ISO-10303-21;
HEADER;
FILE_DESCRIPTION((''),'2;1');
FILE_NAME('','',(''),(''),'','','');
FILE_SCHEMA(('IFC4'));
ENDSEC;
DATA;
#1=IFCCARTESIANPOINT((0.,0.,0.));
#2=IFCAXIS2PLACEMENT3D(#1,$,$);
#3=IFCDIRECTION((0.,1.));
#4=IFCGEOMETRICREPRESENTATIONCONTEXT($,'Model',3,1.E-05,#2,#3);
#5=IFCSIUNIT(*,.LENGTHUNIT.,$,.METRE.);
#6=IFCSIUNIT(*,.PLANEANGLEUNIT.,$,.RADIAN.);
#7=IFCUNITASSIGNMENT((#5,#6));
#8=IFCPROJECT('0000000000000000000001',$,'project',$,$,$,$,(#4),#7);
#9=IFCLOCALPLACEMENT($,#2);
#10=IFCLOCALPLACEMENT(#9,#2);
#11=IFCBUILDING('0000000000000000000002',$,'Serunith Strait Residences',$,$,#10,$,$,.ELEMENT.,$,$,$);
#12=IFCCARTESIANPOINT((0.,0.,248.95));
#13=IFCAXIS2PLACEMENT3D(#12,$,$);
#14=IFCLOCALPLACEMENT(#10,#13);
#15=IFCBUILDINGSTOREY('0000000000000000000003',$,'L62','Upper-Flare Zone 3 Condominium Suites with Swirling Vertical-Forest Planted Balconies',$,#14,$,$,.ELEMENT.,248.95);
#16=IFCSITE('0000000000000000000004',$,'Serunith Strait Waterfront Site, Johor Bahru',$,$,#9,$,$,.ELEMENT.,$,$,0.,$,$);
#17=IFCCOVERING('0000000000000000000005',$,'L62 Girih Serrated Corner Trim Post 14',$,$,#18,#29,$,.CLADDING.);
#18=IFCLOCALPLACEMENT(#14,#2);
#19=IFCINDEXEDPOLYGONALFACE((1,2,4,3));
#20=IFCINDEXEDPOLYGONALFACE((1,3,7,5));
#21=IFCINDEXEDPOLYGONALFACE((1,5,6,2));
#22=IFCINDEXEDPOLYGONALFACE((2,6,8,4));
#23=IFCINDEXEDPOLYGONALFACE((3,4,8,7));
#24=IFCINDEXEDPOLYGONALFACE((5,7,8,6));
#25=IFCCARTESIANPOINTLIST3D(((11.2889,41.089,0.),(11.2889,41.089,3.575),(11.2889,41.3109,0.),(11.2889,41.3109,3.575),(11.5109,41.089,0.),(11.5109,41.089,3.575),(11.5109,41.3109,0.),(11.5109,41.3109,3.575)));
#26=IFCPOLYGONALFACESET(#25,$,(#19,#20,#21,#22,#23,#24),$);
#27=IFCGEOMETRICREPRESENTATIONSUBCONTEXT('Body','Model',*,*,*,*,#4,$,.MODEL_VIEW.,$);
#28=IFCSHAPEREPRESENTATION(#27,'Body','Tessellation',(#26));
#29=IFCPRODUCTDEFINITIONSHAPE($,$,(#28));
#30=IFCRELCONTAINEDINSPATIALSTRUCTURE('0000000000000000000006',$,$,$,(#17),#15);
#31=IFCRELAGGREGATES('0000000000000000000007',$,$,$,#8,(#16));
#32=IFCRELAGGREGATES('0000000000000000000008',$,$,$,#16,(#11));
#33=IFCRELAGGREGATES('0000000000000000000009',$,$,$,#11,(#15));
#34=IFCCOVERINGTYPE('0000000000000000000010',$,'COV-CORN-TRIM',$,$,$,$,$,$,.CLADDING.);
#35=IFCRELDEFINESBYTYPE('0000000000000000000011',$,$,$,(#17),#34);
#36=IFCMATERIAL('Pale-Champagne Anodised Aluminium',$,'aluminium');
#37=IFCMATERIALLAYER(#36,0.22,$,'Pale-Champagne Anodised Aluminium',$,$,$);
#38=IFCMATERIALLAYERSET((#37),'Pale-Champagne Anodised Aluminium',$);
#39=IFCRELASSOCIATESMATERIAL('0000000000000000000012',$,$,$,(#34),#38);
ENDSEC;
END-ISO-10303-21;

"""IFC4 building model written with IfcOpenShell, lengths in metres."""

from ifc_helpers import new_model, si_unit, direction, frame, origin, origin_2d, place, context, subcontext, project, spatial, rectangle, extrude, source, transform, mapped, material, layer, layer_set, type_object, element, save


model = new_model("IFC4")

# Units and contexts
model_context = context("Model", 3, precision=1e-05, world=origin(), true_north=direction((0.0, 1.0)))
body_context = subcontext(model_context, "Body", "Model", "MODEL_VIEW")
ifc_project = project(units=[si_unit("LENGTHUNIT", "METRE"), si_unit("PLANEANGLEUNIT", "RADIAN")], contexts=[model_context])

# Site, building, storey
site_placement = place(None, origin())
site = spatial("IfcSite", under=ifc_project, at=site_placement, Name="Serunith Strait Waterfront Site, Johor Bahru", CompositionType="ELEMENT", RefElevation=0.0)
building_placement = place(site_placement, origin())
building = spatial("IfcBuilding", under=site, at=building_placement, Name="Serunith Strait Residences", CompositionType="ELEMENT")
storey_placement = place(building_placement, frame((0.0, 0.0, 248.95)))
storey = spatial("IfcBuildingStorey", under=building, at=storey_placement, Name="L62", Description="Upper-Flare Zone 3 Condominium Suites with Swirling Vertical-Forest Planted Balconies", CompositionType="ELEMENT", Elevation=248.95)

# Shared definitions
ifc_material_1 = material(Name="Pale-Champagne Anodised Aluminium", Category="aluminium")

# Covering
ifc_layer_1 = layer(ifc_material_1, 0.22, Name="Pale-Champagne Anodised Aluminium")
ifc_layer_set_1 = layer_set([ifc_layer_1], Name="Pale-Champagne Anodised Aluminium")
covering_type = type_object("IfcCoveringType", Name="COV-CORN-TRIM", PredefinedType="CLADDING", material=ifc_layer_set_1)
shared_shape_1 = source(origin(), body_context, "Body", "SweptSolid", [
    extrude(rectangle(XDim=0.2219, YDim=0.2219, at=origin_2d()), origin(), (0.0, 0.0, 1.0), 3.575),
])
for number, where, z_axis, x_axis, name in (
    (1, (11.3999, 41.2, 0.0), (0.0, 0.0, 1.0), (1.0, 0.0, 0.0), "L62 Girih Serrated Corner Trim Post 14"),
):
    element("IfcCovering", number, at=place(storey_placement, frame(where, z_axis=z_axis, x_axis=x_axis)), inside=storey, type_object=covering_type, Name=name, PredefinedType="CLADDING", context=body_context, shape_type="MappedRepresentation", body=[
        mapped(shared_shape_1, transform((0.0, 0.0, 0.0), scale=1.0)),
    ])

save(model, "model.ifc")
